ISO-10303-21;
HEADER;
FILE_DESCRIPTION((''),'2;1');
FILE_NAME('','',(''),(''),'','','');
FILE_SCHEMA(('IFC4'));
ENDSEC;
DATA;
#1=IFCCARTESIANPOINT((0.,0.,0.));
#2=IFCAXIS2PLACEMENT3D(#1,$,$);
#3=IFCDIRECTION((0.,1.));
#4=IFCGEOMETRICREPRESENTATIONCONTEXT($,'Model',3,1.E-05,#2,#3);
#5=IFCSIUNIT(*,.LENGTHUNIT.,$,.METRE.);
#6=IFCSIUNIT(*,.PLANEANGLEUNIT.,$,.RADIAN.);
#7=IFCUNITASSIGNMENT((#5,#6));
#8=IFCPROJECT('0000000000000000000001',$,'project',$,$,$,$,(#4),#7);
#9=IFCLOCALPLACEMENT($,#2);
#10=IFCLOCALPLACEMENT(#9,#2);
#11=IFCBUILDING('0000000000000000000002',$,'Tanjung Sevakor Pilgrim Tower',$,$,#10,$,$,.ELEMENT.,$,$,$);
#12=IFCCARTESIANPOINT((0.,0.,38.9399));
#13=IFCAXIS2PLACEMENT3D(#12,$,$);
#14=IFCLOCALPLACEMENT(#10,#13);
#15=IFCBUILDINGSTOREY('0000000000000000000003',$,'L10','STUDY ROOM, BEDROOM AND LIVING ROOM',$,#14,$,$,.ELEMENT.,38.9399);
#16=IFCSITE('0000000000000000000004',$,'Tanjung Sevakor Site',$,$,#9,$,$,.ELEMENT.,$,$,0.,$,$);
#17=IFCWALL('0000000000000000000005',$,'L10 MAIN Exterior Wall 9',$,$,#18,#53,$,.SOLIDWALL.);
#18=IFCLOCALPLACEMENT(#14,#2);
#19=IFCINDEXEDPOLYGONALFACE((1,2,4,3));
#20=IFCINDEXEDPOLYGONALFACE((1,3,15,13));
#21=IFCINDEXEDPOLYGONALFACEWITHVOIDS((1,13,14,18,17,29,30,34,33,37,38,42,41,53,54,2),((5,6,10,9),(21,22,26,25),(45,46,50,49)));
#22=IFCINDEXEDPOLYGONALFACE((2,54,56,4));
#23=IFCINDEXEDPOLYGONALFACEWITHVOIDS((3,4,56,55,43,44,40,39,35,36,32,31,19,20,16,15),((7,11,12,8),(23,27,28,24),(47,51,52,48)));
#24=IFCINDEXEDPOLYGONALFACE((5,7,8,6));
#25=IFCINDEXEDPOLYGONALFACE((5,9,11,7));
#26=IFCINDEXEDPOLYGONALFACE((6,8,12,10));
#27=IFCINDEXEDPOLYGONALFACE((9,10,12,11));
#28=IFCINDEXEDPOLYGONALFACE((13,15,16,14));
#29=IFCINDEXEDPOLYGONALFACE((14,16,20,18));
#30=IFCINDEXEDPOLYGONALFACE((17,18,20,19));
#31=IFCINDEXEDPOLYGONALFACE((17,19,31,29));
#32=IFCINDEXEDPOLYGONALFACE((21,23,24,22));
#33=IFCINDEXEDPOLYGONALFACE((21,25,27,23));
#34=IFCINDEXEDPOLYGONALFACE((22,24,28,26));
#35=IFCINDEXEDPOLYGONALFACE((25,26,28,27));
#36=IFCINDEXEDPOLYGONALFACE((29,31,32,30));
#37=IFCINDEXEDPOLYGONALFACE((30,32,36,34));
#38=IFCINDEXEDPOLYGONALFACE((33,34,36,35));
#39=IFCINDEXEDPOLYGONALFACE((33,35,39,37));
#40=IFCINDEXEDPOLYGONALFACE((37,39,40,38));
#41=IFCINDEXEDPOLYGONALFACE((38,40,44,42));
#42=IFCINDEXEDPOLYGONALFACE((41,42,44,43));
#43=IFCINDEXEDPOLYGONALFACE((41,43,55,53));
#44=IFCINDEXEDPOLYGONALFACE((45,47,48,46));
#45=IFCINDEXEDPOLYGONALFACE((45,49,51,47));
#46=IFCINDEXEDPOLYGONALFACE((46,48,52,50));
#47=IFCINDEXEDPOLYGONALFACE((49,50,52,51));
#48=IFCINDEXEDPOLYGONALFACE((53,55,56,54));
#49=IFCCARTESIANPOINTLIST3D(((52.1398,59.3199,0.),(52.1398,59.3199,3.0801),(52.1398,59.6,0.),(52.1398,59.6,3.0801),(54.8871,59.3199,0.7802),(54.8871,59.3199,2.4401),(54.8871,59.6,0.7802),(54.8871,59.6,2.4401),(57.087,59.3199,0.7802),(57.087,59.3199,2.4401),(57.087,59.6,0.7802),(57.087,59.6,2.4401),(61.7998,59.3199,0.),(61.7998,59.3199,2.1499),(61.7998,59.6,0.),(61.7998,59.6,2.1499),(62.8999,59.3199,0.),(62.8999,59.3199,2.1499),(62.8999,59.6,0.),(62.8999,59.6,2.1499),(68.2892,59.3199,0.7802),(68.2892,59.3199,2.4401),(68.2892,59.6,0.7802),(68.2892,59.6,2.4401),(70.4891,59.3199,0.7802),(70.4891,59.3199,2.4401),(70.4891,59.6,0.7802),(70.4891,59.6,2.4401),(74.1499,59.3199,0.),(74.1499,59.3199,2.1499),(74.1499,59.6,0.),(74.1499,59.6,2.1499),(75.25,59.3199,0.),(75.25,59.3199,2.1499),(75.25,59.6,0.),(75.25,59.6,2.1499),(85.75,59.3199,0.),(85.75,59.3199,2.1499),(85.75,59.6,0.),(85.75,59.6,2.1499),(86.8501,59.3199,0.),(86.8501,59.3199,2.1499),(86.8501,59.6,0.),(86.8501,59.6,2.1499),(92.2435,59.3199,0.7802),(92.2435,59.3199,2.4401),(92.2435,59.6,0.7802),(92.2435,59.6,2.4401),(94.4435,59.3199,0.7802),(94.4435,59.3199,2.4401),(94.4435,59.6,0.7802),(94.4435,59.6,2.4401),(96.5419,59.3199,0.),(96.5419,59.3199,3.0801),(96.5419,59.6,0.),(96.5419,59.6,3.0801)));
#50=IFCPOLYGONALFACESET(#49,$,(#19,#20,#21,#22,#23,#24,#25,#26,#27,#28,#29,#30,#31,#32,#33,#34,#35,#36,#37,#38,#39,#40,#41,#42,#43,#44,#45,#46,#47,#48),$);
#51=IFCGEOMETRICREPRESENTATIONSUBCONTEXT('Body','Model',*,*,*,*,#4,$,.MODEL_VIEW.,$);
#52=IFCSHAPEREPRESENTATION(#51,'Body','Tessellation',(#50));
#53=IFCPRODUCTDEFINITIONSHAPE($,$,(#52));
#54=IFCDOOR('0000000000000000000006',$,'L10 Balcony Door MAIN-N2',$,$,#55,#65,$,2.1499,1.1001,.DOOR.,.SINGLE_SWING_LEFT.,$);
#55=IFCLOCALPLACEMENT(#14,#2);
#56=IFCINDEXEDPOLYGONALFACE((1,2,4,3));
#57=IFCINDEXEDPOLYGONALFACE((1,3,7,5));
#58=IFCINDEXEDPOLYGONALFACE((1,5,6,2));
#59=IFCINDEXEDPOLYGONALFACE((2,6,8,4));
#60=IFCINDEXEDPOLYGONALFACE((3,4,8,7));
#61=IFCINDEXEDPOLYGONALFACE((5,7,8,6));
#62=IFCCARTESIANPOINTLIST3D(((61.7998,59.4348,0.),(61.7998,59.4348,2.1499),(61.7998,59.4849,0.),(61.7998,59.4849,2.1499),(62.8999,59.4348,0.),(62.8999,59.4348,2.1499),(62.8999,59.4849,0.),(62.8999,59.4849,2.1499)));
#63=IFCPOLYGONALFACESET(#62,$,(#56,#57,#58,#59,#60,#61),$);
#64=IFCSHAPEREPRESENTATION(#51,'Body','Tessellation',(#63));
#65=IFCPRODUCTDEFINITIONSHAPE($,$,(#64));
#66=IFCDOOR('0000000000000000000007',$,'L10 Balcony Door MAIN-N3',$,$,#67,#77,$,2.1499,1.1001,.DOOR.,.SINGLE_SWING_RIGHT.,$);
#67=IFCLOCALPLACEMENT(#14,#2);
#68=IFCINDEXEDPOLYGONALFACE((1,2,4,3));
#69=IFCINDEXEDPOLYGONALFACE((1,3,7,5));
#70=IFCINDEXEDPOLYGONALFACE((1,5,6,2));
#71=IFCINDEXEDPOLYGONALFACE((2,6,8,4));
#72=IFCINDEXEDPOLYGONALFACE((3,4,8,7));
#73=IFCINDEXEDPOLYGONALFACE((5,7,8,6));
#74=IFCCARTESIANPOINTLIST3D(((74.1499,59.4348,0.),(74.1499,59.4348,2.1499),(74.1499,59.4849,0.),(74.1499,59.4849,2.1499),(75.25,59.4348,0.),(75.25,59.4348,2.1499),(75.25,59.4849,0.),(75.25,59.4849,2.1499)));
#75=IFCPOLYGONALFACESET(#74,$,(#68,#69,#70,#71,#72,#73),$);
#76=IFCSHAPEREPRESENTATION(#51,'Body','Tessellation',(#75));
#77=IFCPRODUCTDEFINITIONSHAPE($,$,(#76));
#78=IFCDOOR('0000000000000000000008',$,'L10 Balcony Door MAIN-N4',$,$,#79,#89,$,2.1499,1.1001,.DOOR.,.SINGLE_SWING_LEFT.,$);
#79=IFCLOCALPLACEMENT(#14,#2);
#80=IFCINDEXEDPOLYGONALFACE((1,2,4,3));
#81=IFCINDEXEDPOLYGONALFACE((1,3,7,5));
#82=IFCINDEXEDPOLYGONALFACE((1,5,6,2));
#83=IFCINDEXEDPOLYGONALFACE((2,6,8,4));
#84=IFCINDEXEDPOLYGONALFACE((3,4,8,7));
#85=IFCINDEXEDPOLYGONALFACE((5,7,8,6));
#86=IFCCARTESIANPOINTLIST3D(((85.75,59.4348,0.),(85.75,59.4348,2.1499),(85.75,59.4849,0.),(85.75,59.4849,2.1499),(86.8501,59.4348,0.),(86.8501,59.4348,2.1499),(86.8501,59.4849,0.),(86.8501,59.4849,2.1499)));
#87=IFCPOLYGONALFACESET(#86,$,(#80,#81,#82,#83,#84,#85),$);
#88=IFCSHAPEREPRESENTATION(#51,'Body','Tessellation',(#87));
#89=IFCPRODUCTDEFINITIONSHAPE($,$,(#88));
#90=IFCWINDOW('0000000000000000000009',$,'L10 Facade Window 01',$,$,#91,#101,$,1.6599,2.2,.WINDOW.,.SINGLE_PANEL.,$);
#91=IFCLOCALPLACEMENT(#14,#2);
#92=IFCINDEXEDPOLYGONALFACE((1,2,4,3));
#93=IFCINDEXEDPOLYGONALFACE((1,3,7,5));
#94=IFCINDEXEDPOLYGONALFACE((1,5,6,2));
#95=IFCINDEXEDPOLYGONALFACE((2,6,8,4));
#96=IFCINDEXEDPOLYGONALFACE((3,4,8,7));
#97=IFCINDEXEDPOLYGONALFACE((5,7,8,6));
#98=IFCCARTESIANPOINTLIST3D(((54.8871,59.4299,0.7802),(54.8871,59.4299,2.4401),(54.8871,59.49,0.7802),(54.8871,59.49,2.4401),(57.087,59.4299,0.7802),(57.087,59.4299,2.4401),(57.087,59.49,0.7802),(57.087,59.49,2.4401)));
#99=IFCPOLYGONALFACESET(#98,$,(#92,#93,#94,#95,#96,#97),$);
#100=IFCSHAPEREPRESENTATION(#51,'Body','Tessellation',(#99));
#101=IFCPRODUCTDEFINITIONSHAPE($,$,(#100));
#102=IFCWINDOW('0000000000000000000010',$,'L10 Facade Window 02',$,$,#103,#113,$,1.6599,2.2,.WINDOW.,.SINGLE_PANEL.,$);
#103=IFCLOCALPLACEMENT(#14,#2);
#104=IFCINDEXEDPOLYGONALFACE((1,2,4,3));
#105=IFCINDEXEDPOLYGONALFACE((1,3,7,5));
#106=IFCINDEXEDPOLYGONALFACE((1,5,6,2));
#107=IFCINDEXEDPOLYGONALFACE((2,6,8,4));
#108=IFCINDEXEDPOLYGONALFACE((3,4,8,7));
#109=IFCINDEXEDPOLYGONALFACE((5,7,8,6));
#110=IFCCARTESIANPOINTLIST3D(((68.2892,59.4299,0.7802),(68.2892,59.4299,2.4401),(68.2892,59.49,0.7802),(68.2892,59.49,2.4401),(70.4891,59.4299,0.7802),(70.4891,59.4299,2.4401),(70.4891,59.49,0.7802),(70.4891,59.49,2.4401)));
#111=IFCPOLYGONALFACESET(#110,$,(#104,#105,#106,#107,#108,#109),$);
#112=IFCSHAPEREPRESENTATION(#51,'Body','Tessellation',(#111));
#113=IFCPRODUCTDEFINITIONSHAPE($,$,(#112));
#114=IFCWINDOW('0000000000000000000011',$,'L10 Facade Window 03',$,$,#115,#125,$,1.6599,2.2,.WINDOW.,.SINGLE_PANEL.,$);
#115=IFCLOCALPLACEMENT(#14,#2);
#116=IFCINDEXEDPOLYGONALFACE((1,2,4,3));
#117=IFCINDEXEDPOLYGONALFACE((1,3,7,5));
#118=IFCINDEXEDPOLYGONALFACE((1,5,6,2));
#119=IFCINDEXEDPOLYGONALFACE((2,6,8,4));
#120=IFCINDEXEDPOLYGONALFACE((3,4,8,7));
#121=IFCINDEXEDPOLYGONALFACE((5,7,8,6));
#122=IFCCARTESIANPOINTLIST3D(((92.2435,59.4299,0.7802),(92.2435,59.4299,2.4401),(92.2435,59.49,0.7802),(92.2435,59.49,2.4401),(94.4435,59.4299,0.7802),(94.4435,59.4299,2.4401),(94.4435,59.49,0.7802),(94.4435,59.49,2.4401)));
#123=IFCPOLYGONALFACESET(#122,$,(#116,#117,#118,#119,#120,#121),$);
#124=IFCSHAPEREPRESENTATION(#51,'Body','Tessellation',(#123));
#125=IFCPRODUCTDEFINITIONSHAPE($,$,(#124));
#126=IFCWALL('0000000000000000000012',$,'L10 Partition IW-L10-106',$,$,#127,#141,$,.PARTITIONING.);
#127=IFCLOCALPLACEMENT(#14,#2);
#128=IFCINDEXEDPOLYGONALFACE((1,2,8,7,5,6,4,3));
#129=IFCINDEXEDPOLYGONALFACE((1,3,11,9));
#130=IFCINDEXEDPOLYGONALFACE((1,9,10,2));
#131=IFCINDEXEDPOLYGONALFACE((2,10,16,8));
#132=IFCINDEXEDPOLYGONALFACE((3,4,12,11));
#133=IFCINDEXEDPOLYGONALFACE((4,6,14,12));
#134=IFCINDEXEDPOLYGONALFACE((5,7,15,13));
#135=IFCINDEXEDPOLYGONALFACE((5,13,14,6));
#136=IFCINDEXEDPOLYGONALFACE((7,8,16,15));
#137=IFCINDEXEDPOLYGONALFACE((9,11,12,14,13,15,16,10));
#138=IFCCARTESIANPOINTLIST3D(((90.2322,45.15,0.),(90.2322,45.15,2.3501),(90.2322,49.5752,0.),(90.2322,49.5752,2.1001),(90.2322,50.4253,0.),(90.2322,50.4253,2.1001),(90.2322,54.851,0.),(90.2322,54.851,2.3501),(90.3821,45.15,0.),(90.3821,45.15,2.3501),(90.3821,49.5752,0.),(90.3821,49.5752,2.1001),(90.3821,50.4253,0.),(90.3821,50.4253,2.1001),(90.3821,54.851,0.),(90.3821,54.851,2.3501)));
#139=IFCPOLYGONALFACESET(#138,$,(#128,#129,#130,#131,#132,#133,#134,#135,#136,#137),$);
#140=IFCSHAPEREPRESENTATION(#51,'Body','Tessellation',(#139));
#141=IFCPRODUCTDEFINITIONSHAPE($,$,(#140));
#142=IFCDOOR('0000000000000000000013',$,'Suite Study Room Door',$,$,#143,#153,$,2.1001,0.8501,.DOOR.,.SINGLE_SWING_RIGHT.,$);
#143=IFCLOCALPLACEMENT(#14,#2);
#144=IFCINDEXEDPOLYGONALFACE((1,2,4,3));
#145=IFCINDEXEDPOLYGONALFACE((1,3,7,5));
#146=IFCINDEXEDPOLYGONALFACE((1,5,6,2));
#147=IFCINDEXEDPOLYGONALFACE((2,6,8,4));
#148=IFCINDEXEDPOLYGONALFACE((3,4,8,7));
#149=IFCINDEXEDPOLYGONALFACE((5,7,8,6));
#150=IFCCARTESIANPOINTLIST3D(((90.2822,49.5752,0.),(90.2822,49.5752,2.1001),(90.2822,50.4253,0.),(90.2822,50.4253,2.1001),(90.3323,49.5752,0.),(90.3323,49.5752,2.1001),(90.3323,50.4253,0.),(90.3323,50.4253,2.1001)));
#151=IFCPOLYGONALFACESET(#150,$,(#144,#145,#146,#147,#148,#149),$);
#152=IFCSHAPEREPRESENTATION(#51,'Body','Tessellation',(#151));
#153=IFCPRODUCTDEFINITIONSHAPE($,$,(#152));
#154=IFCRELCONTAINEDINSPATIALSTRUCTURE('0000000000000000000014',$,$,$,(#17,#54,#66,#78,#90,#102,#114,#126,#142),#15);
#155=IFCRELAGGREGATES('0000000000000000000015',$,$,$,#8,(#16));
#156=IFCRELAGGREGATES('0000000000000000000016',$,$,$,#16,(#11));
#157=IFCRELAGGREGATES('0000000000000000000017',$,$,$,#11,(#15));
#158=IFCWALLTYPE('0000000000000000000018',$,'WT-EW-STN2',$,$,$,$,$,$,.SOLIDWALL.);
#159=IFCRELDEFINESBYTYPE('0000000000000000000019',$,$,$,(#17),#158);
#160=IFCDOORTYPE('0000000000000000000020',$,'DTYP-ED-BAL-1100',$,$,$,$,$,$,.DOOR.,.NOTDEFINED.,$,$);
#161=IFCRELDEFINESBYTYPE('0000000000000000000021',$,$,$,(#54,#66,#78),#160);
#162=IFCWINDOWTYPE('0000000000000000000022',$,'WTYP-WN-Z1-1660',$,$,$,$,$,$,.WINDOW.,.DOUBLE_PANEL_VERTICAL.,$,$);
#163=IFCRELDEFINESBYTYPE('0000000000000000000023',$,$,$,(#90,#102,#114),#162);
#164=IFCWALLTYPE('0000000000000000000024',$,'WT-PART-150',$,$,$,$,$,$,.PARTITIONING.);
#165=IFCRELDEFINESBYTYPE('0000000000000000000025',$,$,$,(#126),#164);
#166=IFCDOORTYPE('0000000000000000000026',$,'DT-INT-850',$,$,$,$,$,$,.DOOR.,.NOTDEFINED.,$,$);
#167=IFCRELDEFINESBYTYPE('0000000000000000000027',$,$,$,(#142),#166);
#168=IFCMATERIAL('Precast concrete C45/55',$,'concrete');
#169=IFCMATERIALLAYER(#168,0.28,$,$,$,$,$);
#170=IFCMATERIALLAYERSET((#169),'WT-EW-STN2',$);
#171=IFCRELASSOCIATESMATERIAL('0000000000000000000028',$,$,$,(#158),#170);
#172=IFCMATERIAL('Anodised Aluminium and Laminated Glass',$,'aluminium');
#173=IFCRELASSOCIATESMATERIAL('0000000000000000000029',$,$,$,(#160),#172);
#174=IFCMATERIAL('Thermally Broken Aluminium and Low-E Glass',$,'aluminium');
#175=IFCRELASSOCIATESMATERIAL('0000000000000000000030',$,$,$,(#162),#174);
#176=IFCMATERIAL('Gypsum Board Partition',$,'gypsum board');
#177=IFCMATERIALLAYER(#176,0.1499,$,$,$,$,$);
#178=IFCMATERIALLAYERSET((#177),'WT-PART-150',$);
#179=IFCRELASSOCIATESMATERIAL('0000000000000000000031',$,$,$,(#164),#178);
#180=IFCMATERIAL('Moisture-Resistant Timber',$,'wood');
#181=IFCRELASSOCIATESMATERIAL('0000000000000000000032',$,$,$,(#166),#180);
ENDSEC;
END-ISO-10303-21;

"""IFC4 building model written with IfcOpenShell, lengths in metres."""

from ifc_helpers import new_model, si_unit, direction, frame, frame_2d, origin, place, context, subcontext, project, spatial, rectangle, extrude, material, layer, layer_set, type_object, element, fill, save


model = new_model("IFC4")

# Units and contexts
model_context = context("Model", 3, precision=1e-05, world=origin(), true_north=direction((0.0, 1.0)))
body_context = subcontext(model_context, "Body", "Model", "MODEL_VIEW")
ifc_project = project(units=[si_unit("LENGTHUNIT", "METRE"), si_unit("PLANEANGLEUNIT", "RADIAN")], contexts=[model_context])

# Site, building, storey
site_placement = place(None, origin())
site = spatial("IfcSite", under=ifc_project, at=site_placement, Name="Tanjung Sevakor Site", CompositionType="ELEMENT", RefElevation=0.0)
building_placement = place(site_placement, origin())
building = spatial("IfcBuilding", under=site, at=building_placement, Name="Tanjung Sevakor Pilgrim Tower", CompositionType="ELEMENT")
storey_placement = place(building_placement, frame((0.0, 0.0, 38.9399)))
storey = spatial("IfcBuildingStorey", under=building, at=storey_placement, Name="L10", Description="STUDY ROOM, BEDROOM AND LIVING ROOM", CompositionType="ELEMENT", Elevation=38.9399)

# Wall, openings, doors, windows
ifc_material_1 = material(Name="Precast concrete C45/55", Category="concrete")
ifc_layer_1 = layer(ifc_material_1, 0.28)
ifc_layer_set_1 = layer_set([ifc_layer_1], Name="WT-EW-STN2")
wall_type_1 = type_object("IfcWallType", Name="WT-EW-STN2", PredefinedType="SOLIDWALL", material=ifc_layer_set_1)
wall_1_placement = place(storey_placement, frame((96.542, 59.46, 0.0), z_axis=(0.0, 0.0, 1.0), x_axis=(-1.0, 0.0, 0.0)))
wall_1 = element("IfcWall", 1, at=wall_1_placement, inside=storey, type_object=wall_type_1, Name="L10 MAIN Exterior Wall 9", PredefinedType="SOLIDWALL", context=body_context, shape_type="SweptSolid", body=[
    extrude(rectangle(XDim=44.4021, YDim=0.28, at=frame_2d((22.2012, 0.0))), origin(), (0.0, 0.0, 1.0), 3.0801),
])
opening_1_placement = place(wall_1_placement, frame((33.6421, 0.0, 0.0)))
opening_1 = element("IfcOpeningElement", 2, at=opening_1_placement, cuts=wall_1, PredefinedType="OPENING", context=body_context, shape_type="SweptSolid", body=[
    extrude(rectangle(XDim=1.1001, YDim=2.1499, at=frame_2d((0.55, 1.075))), frame((0.0, 0.1499, 0.0), z_axis=(0.0, -1.0, 0.0), x_axis=(1.0, 0.0, 0.0)), (0.0, 0.0, 1.0), 0.3),
])
opening_2_placement = place(wall_1_placement, frame((21.292, 0.0, 0.0)))
opening_2 = element("IfcOpeningElement", 3, at=opening_2_placement, cuts=wall_1, PredefinedType="OPENING", context=body_context, shape_type="SweptSolid", body=[
    extrude(rectangle(XDim=1.1001, YDim=2.1499, at=frame_2d((0.55, 1.075))), frame((0.0, 0.1499, 0.0), z_axis=(0.0, -1.0, 0.0), x_axis=(1.0, 0.0, 0.0)), (0.0, 0.0, 1.0), 0.3),
])
opening_3_placement = place(wall_1_placement, frame((9.6919, 0.0, 0.0)))
opening_3 = element("IfcOpeningElement", 4, at=opening_3_placement, cuts=wall_1, PredefinedType="OPENING", context=body_context, shape_type="SweptSolid", body=[
    extrude(rectangle(XDim=1.1001, YDim=2.1499, at=frame_2d((0.55, 1.075))), frame((0.0, 0.1499, 0.0), z_axis=(0.0, -1.0, 0.0), x_axis=(1.0, 0.0, 0.0)), (0.0, 0.0, 1.0), 0.3),
])
opening_4_placement = place(wall_1_placement, frame((39.4548, 0.0, 0.78)))
opening_4 = element("IfcOpeningElement", 5, at=opening_4_placement, cuts=wall_1, PredefinedType="OPENING", context=body_context, shape_type="SweptSolid", body=[
    extrude(rectangle(XDim=2.2, YDim=1.6599, at=frame_2d((1.1001, 0.8301))), frame((0.0, 0.1499, 0.0), z_axis=(0.0, -1.0, 0.0), x_axis=(1.0, 0.0, 0.0)), (0.0, 0.0, 1.0), 0.3),
])
opening_5_placement = place(wall_1_placement, frame((26.0527, 0.0, 0.78)))
opening_5 = element("IfcOpeningElement", 6, at=opening_5_placement, cuts=wall_1, PredefinedType="OPENING", context=body_context, shape_type="SweptSolid", body=[
    extrude(rectangle(XDim=2.2, YDim=1.6599, at=frame_2d((1.1001, 0.8301))), frame((0.0, 0.1499, 0.0), z_axis=(0.0, -1.0, 0.0), x_axis=(1.0, 0.0, 0.0)), (0.0, 0.0, 1.0), 0.3),
])
opening_6_placement = place(wall_1_placement, frame((2.0984, 0.0, 0.78)))
opening_6 = element("IfcOpeningElement", 7, at=opening_6_placement, cuts=wall_1, PredefinedType="OPENING", context=body_context, shape_type="SweptSolid", body=[
    extrude(rectangle(XDim=2.2, YDim=1.6599, at=frame_2d((1.1001, 0.8301))), frame((0.0, 0.1499, 0.0), z_axis=(0.0, -1.0, 0.0), x_axis=(1.0, 0.0, 0.0)), (0.0, 0.0, 1.0), 0.3),
])
ifc_material_2 = material(Name="Anodised Aluminium and Laminated Glass", Category="aluminium")
door_type_1 = type_object("IfcDoorType", Name="DTYP-ED-BAL-1100", OperationType="NOTDEFINED", PredefinedType="DOOR", material=ifc_material_2)
door_1_placement = place(opening_1_placement, frame((1.1001, 0.0, 0.0), z_axis=(0.0, 0.0, 1.0), x_axis=(-1.0, 0.0, 0.0)))
door_1 = element("IfcDoor", 8, at=door_1_placement, inside=storey, type_object=door_type_1, Name="L10 Balcony Door MAIN-N2", OperationType="SINGLE_SWING_LEFT", OverallHeight=2.1499, OverallWidth=1.1001, PredefinedType="DOOR", context=body_context, shape_type="SweptSolid", body=[
    extrude(rectangle(XDim=1.1001, YDim=2.1499, at=frame_2d((0.55, 1.075))), frame((0.0, 0.0249, 0.0), z_axis=(0.0, -1.0, 0.0), x_axis=(1.0, 0.0, 0.0)), (0.0, 0.0, 1.0), 0.05),
])
fill(opening_1, door_1)
door_2_placement = place(opening_2_placement, frame((1.1001, 0.0, 0.0), z_axis=(0.0, 0.0, 1.0), x_axis=(-1.0, 0.0, 0.0)))
door_2 = element("IfcDoor", 9, at=door_2_placement, inside=storey, type_object=door_type_1, Name="L10 Balcony Door MAIN-N3", OperationType="SINGLE_SWING_RIGHT", OverallHeight=2.1499, OverallWidth=1.1001, PredefinedType="DOOR", context=body_context, shape_type="SweptSolid", body=[
    extrude(rectangle(XDim=1.1001, YDim=2.1499, at=frame_2d((0.55, 1.075))), frame((0.0, 0.0249, 0.0), z_axis=(0.0, -1.0, 0.0), x_axis=(1.0, 0.0, 0.0)), (0.0, 0.0, 1.0), 0.05),
])
fill(opening_2, door_2)
door_3_placement = place(opening_3_placement, frame((1.1001, 0.0, 0.0), z_axis=(0.0, 0.0, 1.0), x_axis=(-1.0, 0.0, 0.0)))
door_3 = element("IfcDoor", 10, at=door_3_placement, inside=storey, type_object=door_type_1, Name="L10 Balcony Door MAIN-N4", OperationType="SINGLE_SWING_LEFT", OverallHeight=2.1499, OverallWidth=1.1001, PredefinedType="DOOR", context=body_context, shape_type="SweptSolid", body=[
    extrude(rectangle(XDim=1.1001, YDim=2.1499, at=frame_2d((0.55, 1.075))), frame((0.0, 0.0249, 0.0), z_axis=(0.0, -1.0, 0.0), x_axis=(1.0, 0.0, 0.0)), (0.0, 0.0, 1.0), 0.05),
])
fill(opening_3, door_3)
ifc_material_3 = material(Name="Thermally Broken Aluminium and Low-E Glass", Category="aluminium")
window_type = type_object("IfcWindowType", Name="WTYP-WN-Z1-1660", PartitioningType="DOUBLE_PANEL_VERTICAL", PredefinedType="WINDOW", material=ifc_material_3)
window_1_placement = place(opening_4_placement, origin())
window_1 = element("IfcWindow", 11, at=window_1_placement, inside=storey, type_object=window_type, Name="L10 Facade Window 01", OverallHeight=1.6599, OverallWidth=2.2, PartitioningType="SINGLE_PANEL", PredefinedType="WINDOW", context=body_context, shape_type="SweptSolid", body=[
    extrude(rectangle(XDim=2.2, YDim=1.6599, at=frame_2d((1.1001, 0.8301))), frame((0.0, 0.03, 0.0), z_axis=(0.0, -1.0, 0.0), x_axis=(1.0, 0.0, 0.0)), (0.0, 0.0, 1.0), 0.0601),
])
fill(opening_4, window_1)
window_2_placement = place(opening_5_placement, origin())
window_2 = element("IfcWindow", 12, at=window_2_placement, inside=storey, type_object=window_type, Name="L10 Facade Window 02", OverallHeight=1.6599, OverallWidth=2.2, PartitioningType="SINGLE_PANEL", PredefinedType="WINDOW", context=body_context, shape_type="SweptSolid", body=[
    extrude(rectangle(XDim=2.2, YDim=1.6599, at=frame_2d((1.1001, 0.8301))), frame((0.0, 0.03, 0.0), z_axis=(0.0, -1.0, 0.0), x_axis=(1.0, 0.0, 0.0)), (0.0, 0.0, 1.0), 0.0601),
])
fill(opening_5, window_2)
window_3_placement = place(opening_6_placement, origin())
window_3 = element("IfcWindow", 13, at=window_3_placement, inside=storey, type_object=window_type, Name="L10 Facade Window 03", OverallHeight=1.6599, OverallWidth=2.2, PartitioningType="SINGLE_PANEL", PredefinedType="WINDOW", context=body_context, shape_type="SweptSolid", body=[
    extrude(rectangle(XDim=2.2, YDim=1.6599, at=frame_2d((1.1001, 0.8301))), frame((0.0, 0.03, 0.0), z_axis=(0.0, -1.0, 0.0), x_axis=(1.0, 0.0, 0.0)), (0.0, 0.0, 1.0), 0.0601),
])
fill(opening_6, window_3)

# Wall, opening, door
ifc_material_4 = material(Name="Gypsum Board Partition", Category="gypsum board")
ifc_layer_2 = layer(ifc_material_4, 0.1499)
ifc_layer_set_2 = layer_set([ifc_layer_2], Name="WT-PART-150")
wall_type_2 = type_object("IfcWallType", Name="WT-PART-150", PredefinedType="PARTITIONING", material=ifc_layer_set_2)
wall_2_placement = place(storey_placement, frame((90.3071, 45.1499, 0.0), z_axis=(0.0, 0.0, 1.0), x_axis=(0.0, 1.0, 0.0)))
wall_2 = element("IfcWall", 14, at=wall_2_placement, inside=storey, type_object=wall_type_2, Name="L10 Partition IW-L10-106", PredefinedType="PARTITIONING", context=body_context, shape_type="SweptSolid", body=[
    extrude(rectangle(XDim=9.7009, YDim=0.1499, at=frame_2d((4.8506, 0.0))), origin(), (0.0, 0.0, 1.0), 2.3501),
])
opening_7_placement = place(wall_2_placement, frame((4.4253, 0.0, 0.0)))
opening_7 = element("IfcOpeningElement", 15, at=opening_7_placement, cuts=wall_2, PredefinedType="OPENING", context=body_context, shape_type="SweptSolid", body=[
    extrude(rectangle(XDim=0.8501, YDim=2.1001, at=frame_2d((0.425, 1.05))), frame((0.0, 0.085, 0.0), z_axis=(0.0, -1.0, 0.0), x_axis=(1.0, 0.0, 0.0)), (0.0, 0.0, 1.0), 0.1699),
])
ifc_material_5 = material(Name="Moisture-Resistant Timber", Category="wood")
door_type_2 = type_object("IfcDoorType", Name="DT-INT-850", OperationType="NOTDEFINED", PredefinedType="DOOR", material=ifc_material_5)
door_4_placement = place(opening_7_placement, origin())
door_4 = element("IfcDoor", 16, at=door_4_placement, inside=storey, type_object=door_type_2, Name="Suite Study Room Door", OperationType="SINGLE_SWING_RIGHT", OverallHeight=2.1001, OverallWidth=0.8501, PredefinedType="DOOR", context=body_context, shape_type="SweptSolid", body=[
    extrude(rectangle(XDim=0.8501, YDim=2.1001, at=frame_2d((0.425, 1.05))), frame((0.0, 0.0249, 0.0), z_axis=(0.0, -1.0, 0.0), x_axis=(1.0, 0.0, 0.0)), (0.0, 0.0, 1.0), 0.05),
])
fill(opening_7, door_4)

save(model, "model.ifc")
